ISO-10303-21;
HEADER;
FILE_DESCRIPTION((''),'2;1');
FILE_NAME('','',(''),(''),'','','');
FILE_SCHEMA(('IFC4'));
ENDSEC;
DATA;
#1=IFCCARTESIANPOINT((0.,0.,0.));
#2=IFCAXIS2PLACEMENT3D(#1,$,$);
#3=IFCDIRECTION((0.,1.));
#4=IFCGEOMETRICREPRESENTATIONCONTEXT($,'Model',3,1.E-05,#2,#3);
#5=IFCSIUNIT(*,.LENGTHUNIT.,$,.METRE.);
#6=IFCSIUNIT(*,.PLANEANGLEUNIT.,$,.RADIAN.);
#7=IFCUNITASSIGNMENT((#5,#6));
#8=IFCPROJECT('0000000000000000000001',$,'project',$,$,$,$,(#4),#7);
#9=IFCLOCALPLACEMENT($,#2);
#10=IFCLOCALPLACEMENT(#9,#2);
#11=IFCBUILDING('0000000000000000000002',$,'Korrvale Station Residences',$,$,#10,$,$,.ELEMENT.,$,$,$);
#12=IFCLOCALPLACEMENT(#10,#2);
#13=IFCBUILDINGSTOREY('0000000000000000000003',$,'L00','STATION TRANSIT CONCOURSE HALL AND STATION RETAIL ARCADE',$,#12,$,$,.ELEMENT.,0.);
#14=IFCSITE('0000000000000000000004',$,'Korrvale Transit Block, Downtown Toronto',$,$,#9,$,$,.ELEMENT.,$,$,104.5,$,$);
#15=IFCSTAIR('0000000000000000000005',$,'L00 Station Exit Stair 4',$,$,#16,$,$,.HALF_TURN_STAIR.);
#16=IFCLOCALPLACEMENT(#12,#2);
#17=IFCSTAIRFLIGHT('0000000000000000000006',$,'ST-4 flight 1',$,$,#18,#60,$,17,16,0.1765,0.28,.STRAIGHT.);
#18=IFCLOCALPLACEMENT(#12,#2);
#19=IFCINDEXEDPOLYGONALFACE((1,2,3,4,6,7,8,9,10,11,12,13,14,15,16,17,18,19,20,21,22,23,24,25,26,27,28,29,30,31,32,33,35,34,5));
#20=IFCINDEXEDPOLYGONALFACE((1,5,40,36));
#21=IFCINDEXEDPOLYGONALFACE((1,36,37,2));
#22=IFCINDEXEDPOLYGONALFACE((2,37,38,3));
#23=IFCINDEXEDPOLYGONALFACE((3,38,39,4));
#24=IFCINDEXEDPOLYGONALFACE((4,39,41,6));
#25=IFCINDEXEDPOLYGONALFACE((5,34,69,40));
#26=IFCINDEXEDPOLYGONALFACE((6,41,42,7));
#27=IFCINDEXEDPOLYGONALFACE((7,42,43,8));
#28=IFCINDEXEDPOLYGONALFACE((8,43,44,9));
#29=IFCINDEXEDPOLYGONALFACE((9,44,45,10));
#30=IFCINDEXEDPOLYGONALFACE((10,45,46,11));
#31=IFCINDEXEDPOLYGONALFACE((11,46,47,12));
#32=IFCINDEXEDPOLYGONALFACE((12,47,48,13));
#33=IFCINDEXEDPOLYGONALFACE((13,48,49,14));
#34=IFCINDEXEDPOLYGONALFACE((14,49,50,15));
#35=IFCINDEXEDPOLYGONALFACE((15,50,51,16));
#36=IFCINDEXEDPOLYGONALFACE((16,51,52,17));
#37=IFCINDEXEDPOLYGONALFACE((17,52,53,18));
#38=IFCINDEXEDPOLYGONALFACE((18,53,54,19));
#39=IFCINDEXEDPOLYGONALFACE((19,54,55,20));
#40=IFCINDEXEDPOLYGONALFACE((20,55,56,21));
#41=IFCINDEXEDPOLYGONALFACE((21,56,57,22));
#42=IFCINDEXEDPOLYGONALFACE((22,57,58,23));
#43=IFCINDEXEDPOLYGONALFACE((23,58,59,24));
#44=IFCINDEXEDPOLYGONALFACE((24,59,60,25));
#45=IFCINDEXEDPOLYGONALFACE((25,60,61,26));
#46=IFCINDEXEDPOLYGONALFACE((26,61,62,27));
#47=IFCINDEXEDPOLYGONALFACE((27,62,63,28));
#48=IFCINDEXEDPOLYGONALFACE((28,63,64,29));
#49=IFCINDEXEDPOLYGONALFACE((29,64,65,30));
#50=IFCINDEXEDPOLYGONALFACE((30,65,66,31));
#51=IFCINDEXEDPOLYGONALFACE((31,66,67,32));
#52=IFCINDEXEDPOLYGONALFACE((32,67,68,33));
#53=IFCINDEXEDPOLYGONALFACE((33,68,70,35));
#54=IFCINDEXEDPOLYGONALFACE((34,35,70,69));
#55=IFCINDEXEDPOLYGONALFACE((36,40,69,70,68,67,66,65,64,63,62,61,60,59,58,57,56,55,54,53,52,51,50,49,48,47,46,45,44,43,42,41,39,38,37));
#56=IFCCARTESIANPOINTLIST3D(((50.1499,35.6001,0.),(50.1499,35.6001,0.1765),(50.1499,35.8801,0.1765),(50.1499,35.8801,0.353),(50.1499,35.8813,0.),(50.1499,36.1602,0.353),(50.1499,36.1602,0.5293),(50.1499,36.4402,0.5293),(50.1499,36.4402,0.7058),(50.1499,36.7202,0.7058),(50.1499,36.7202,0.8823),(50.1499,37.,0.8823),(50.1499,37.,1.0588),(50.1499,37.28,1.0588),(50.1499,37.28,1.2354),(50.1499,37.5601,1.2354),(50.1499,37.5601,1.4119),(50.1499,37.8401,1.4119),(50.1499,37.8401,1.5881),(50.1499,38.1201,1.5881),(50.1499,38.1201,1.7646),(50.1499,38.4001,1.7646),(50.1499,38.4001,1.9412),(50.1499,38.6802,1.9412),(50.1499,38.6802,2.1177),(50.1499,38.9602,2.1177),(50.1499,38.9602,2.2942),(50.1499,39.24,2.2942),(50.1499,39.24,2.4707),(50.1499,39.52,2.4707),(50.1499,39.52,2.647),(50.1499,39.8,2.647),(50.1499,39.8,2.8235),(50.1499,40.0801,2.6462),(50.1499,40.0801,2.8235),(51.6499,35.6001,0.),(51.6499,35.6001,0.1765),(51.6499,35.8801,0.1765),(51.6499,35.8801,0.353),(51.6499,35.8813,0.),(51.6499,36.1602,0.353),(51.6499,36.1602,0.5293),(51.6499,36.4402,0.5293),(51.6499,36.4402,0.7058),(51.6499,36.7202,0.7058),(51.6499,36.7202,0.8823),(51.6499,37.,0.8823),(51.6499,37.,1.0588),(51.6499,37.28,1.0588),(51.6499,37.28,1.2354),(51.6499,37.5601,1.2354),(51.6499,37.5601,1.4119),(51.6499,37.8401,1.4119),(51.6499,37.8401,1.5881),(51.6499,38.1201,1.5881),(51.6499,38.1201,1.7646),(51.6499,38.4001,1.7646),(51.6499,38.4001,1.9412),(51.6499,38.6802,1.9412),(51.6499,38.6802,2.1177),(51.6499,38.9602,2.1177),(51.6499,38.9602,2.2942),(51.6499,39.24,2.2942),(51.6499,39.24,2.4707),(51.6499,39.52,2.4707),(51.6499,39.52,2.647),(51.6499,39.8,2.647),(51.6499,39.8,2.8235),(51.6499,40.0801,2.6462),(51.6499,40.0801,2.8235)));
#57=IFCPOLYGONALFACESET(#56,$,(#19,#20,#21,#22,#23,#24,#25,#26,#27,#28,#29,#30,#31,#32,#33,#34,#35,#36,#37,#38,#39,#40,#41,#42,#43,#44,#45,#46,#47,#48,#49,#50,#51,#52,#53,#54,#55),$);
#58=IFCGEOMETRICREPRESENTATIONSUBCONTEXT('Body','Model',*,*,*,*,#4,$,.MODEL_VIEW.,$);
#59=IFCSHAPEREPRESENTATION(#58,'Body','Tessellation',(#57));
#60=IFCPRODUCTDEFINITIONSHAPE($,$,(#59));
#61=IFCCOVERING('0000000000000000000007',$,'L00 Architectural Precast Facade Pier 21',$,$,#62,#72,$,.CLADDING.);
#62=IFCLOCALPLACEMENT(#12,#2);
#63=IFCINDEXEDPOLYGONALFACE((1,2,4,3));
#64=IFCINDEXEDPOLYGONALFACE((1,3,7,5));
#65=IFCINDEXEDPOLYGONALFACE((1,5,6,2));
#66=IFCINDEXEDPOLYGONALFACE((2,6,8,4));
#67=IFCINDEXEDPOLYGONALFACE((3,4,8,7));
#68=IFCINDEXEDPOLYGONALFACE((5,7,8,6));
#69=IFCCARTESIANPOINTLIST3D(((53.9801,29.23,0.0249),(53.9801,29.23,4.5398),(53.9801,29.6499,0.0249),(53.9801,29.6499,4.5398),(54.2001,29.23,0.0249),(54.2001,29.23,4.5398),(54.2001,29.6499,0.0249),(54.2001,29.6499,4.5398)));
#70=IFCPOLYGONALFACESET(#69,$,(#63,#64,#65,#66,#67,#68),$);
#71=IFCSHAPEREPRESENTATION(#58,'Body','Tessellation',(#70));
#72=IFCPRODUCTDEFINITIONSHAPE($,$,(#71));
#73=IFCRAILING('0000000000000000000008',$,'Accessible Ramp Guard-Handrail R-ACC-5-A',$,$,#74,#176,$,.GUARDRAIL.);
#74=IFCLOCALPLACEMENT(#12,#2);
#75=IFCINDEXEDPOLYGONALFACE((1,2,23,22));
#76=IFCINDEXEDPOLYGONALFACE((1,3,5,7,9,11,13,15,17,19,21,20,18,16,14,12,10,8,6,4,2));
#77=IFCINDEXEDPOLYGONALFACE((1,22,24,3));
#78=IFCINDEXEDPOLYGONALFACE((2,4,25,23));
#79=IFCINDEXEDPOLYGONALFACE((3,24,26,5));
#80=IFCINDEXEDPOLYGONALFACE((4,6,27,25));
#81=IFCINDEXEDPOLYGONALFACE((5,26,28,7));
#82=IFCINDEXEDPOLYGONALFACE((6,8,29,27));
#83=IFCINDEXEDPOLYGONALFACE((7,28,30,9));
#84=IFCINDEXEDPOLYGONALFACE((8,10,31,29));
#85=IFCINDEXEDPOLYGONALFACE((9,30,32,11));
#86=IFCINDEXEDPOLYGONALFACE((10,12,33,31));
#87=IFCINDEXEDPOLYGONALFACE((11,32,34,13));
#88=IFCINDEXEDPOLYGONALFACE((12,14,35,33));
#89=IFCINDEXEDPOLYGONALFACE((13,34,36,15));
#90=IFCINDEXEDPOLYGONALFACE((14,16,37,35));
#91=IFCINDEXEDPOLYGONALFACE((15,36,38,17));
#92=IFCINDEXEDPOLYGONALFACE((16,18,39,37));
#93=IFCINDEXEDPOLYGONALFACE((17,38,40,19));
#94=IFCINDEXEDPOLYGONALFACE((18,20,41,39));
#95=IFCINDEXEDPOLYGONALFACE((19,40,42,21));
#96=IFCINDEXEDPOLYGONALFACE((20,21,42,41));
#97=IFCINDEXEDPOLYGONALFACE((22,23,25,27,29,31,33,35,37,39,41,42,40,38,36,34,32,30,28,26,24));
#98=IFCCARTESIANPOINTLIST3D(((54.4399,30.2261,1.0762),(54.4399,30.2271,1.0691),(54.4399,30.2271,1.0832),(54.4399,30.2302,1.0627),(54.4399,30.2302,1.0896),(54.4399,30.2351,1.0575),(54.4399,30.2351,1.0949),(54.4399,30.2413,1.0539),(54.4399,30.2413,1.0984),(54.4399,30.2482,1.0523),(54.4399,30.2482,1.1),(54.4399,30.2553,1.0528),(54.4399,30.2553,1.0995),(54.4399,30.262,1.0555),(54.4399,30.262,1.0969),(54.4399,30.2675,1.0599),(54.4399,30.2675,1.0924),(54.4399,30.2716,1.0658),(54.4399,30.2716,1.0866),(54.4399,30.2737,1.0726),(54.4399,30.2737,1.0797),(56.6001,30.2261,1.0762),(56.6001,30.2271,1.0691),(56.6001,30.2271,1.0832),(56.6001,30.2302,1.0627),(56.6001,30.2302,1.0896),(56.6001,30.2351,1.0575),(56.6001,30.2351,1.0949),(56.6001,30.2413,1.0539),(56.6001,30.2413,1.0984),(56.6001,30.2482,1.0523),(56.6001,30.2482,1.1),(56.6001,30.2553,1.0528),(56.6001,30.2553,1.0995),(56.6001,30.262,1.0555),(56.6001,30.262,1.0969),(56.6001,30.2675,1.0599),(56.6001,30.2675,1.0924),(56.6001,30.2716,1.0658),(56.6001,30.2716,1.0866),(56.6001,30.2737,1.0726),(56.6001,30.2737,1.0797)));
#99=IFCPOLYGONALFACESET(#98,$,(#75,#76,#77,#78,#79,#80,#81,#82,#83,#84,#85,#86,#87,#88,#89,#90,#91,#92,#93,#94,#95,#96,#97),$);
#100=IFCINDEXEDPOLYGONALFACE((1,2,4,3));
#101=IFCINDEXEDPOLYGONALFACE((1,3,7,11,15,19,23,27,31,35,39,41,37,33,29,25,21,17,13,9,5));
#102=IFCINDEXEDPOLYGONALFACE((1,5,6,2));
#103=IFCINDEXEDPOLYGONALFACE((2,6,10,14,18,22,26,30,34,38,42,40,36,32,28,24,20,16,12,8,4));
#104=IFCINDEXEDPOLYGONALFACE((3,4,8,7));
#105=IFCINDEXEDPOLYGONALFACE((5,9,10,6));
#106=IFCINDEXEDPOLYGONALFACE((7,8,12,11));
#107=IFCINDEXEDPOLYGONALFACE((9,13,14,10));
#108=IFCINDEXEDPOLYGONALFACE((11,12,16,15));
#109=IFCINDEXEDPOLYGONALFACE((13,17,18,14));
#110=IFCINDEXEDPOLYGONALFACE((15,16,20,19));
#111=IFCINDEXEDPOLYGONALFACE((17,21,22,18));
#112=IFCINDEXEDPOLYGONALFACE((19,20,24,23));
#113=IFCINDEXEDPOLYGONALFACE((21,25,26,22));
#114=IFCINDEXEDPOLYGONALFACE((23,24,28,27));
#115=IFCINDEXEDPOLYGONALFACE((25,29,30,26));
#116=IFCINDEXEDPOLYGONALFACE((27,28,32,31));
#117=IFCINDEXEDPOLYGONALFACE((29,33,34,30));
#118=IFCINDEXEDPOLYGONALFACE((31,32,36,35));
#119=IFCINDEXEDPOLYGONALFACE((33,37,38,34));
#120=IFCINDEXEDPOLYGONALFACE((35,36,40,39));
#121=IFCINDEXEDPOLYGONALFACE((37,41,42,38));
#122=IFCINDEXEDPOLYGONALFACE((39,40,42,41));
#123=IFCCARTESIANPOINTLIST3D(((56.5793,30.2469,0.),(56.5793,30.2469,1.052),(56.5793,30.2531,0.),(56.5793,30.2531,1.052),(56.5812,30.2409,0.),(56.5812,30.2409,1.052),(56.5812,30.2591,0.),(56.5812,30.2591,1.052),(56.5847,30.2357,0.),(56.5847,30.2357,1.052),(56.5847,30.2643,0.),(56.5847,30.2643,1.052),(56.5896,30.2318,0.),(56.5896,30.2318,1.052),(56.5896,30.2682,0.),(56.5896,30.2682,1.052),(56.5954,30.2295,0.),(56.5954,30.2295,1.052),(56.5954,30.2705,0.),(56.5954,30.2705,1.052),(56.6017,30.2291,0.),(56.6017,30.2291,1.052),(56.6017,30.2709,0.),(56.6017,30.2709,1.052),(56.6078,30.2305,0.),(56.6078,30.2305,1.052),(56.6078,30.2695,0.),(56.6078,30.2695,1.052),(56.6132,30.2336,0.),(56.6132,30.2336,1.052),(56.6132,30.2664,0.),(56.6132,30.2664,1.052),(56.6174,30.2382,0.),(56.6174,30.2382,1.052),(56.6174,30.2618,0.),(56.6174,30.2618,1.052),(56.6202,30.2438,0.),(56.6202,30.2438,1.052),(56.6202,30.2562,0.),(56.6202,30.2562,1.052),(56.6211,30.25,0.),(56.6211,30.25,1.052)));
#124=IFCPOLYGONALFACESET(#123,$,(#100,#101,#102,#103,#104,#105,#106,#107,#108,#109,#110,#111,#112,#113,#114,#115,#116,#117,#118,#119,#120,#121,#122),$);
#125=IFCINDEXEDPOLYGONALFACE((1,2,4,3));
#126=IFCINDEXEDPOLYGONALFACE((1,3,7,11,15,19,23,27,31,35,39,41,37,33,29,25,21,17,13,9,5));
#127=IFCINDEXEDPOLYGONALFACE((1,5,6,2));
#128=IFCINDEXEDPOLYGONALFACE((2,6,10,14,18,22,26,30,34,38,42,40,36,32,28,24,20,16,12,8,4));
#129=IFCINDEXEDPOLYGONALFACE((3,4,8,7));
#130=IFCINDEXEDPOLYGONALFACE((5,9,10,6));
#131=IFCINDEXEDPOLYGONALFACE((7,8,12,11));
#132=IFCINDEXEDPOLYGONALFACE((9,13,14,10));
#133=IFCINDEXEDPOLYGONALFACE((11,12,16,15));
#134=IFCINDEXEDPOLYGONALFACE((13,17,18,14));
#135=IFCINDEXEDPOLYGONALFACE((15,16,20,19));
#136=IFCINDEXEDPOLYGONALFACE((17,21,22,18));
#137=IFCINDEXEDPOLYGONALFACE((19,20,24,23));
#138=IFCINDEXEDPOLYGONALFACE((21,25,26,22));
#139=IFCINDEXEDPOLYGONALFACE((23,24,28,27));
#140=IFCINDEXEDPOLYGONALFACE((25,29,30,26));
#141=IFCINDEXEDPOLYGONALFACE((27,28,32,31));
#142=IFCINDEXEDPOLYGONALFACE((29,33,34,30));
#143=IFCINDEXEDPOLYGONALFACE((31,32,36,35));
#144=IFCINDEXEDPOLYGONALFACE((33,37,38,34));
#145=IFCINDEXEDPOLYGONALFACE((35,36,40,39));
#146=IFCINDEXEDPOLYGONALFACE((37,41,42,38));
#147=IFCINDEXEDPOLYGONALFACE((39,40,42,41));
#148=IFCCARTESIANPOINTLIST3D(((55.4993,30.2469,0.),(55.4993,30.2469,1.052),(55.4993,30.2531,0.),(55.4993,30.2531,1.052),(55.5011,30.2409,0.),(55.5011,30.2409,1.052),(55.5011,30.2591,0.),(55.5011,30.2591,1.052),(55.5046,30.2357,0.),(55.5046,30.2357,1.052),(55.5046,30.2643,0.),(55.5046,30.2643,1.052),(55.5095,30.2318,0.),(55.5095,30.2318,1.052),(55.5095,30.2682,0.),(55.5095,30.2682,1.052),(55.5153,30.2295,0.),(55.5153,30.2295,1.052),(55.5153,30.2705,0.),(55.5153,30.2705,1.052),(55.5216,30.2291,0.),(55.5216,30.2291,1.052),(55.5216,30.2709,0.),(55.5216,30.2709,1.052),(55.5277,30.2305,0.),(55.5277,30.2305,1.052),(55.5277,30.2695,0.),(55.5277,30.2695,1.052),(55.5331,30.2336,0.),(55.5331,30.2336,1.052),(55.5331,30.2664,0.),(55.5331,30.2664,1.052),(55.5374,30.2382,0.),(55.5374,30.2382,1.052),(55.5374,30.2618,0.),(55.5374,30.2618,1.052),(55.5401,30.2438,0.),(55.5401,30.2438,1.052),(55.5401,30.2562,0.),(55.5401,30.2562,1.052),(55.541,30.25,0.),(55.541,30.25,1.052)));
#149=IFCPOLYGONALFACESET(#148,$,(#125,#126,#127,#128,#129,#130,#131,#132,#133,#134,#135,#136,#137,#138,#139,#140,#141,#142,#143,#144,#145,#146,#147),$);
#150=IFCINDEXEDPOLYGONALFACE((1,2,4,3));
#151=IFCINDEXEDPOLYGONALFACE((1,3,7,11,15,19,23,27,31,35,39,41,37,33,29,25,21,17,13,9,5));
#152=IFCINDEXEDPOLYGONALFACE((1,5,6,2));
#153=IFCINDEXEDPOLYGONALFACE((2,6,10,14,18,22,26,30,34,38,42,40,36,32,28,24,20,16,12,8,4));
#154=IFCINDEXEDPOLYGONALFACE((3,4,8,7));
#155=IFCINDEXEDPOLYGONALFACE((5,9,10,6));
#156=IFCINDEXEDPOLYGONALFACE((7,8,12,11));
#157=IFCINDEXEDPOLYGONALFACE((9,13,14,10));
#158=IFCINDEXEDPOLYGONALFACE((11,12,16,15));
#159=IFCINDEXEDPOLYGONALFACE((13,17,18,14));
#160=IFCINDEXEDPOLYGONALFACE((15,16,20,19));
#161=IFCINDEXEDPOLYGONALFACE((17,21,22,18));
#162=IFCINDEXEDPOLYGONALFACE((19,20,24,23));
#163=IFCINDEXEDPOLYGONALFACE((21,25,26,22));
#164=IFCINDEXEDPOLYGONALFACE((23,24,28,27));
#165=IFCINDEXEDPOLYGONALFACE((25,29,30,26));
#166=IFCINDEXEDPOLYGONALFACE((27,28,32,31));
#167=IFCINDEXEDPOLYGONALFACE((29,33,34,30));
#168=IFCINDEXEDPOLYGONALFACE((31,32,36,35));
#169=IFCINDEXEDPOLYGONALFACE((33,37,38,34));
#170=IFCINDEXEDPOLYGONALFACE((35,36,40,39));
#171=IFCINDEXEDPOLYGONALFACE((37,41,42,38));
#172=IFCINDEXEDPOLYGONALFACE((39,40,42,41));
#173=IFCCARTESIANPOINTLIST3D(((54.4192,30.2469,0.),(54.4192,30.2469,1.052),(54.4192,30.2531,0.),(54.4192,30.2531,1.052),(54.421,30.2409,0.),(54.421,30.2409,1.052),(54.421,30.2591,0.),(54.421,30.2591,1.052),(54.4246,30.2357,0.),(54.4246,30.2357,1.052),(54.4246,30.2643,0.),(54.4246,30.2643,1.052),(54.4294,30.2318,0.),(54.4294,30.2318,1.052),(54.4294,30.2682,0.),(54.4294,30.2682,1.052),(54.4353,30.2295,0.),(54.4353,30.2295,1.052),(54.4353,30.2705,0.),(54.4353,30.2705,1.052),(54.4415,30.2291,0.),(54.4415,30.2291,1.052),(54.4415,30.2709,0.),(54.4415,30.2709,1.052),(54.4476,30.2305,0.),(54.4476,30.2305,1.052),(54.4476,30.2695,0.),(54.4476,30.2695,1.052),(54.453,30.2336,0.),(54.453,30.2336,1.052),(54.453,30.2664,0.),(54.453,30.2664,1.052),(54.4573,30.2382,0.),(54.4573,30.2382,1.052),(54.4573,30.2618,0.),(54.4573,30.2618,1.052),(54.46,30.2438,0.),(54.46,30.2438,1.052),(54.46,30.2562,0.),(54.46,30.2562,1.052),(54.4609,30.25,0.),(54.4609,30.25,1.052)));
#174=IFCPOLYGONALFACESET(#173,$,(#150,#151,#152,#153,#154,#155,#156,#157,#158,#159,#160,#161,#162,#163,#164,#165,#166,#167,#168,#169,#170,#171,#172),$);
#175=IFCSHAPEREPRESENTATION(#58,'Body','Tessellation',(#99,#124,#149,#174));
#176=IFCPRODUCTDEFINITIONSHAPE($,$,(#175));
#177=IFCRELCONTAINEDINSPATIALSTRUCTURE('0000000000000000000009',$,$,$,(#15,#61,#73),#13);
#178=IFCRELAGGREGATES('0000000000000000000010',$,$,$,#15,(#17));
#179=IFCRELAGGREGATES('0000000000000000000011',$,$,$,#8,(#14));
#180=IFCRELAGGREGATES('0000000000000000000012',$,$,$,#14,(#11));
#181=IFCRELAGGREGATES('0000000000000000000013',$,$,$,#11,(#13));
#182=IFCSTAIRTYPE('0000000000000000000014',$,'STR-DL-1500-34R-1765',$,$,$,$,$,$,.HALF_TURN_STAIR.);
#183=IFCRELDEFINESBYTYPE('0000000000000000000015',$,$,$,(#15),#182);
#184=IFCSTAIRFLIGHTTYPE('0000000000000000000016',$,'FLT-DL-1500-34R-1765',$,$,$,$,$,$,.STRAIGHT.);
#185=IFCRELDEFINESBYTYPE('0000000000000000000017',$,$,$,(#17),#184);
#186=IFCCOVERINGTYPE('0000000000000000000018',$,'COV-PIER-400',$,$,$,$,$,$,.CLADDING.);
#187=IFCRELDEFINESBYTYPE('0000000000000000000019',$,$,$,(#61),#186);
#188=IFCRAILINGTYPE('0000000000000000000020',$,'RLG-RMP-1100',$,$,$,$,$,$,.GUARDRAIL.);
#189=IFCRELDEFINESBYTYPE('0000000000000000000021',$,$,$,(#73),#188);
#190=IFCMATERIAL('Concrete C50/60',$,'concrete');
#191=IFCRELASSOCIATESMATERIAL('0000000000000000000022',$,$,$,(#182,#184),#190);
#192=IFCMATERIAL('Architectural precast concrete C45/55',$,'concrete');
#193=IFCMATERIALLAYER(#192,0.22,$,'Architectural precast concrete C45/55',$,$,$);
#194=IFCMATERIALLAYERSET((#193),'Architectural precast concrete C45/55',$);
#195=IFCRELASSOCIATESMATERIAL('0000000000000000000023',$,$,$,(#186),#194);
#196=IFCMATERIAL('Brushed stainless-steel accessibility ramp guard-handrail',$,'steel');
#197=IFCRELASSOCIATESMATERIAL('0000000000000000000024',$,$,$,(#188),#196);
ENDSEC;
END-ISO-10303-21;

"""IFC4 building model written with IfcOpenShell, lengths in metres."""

from ifc_helpers import new_model, si_unit, direction, frame, origin, origin_2d, place, context, subcontext, project, spatial, polyline, rectangle, circle, outline, extrude, material, layer, layer_set, type_object, element, aggregate, save


model = new_model("IFC4")

# Units and contexts
model_context = context("Model", 3, precision=1e-05, world=origin(), true_north=direction((0.0, 1.0)))
body_context = subcontext(model_context, "Body", "Model", "MODEL_VIEW")
ifc_project = project(units=[si_unit("LENGTHUNIT", "METRE"), si_unit("PLANEANGLEUNIT", "RADIAN")], contexts=[model_context])

# Site, building, storey
site_placement = place(None, origin())
site = spatial("IfcSite", under=ifc_project, at=site_placement, Name="Korrvale Transit Block, Downtown Toronto", CompositionType="ELEMENT", RefElevation=104.5)
building_placement = place(site_placement, origin())
building = spatial("IfcBuilding", under=site, at=building_placement, Name="Korrvale Station Residences", CompositionType="ELEMENT")
storey_placement = place(building_placement, origin())
storey = spatial("IfcBuildingStorey", under=building, at=storey_placement, Name="L00", Description="STATION TRANSIT CONCOURSE HALL AND STATION RETAIL ARCADE", CompositionType="ELEMENT", Elevation=0.0)

# Stair, stair flight
ifc_material_1 = material(Name="Concrete C50/60", Category="concrete")
stair_type = type_object("IfcStairType", Name="STR-DL-1500-34R-1765", PredefinedType="HALF_TURN_STAIR", material=ifc_material_1)
stair_placement = place(storey_placement, origin())
stair = element("IfcStair", 1, at=stair_placement, inside=storey, type_object=stair_type, Name="L00 Station Exit Stair 4", PredefinedType="HALF_TURN_STAIR")
stair_flight_type = type_object("IfcStairFlightType", Name="FLT-DL-1500-34R-1765", PredefinedType="STRAIGHT", material=ifc_material_1)
stair_flight_placement = place(storey_placement, frame((50.8999, 35.6001, 0.0), z_axis=(0.0, 0.0, 1.0), x_axis=(0.0, 1.0, 0.0)))
stair_flight = element("IfcStairFlight", 2, at=stair_flight_placement, type_object=stair_flight_type, Name="ST-4 flight 1", NumberOfRisers=17, NumberOfTreads=16, PredefinedType="STRAIGHT", RiserHeight=0.1765, TreadLength=0.28, context=body_context, shape_type="SweptSolid", body=[
    extrude(outline(polyline([(0.0, 0.0), (0.0, 0.1765), (0.28, 0.1765), (0.28, 0.353), (0.5601, 0.353), (0.5601, 0.5293), (0.8401, 0.5293), (0.8401, 0.7058), (1.1201, 0.7058), (1.1201, 0.8823), (1.3999, 0.8823), (1.3999, 1.0588), (1.6799, 1.0588), (1.6799, 1.2354), (1.96, 1.2354), (1.96, 1.4119), (2.24, 1.4119), (2.24, 1.5881), (2.52, 1.5881), (2.52, 1.7646), (2.8, 1.7646), (2.8, 1.9412), (3.0801, 1.9412), (3.0801, 2.1177), (3.3601, 2.1177), (3.3601, 2.2942), (3.6399, 2.2942), (3.6399, 2.4707), (3.9199, 2.4707), (3.9199, 2.647), (4.2, 2.647), (4.2, 2.8235), (4.48, 2.8235), (4.48, 3.0), (4.48, 2.6462), (0.2812, 0.0), (0.0, 0.0)])), frame((0.0, 0.75, 0.0), z_axis=(0.0, -1.0, 0.0), x_axis=(1.0, 0.0, 0.0)), (0.0, 0.0, 1.0), 1.5),
])
aggregate(stair, [stair_flight])

# Covering
ifc_material_2 = material(Name="Architectural precast concrete C45/55", Category="concrete")
ifc_layer_1 = layer(ifc_material_2, 0.22, Name="Architectural precast concrete C45/55")
ifc_layer_set_1 = layer_set([ifc_layer_1], Name="Architectural precast concrete C45/55")
covering_type = type_object("IfcCoveringType", Name="COV-PIER-400", PredefinedType="CLADDING", material=ifc_layer_set_1)
covering_placement = place(storey_placement, frame((54.0901, 29.4399, 0.0249), z_axis=(0.0, 0.0, 1.0), x_axis=(0.0, 1.0, 0.0)))
element("IfcCovering", 3, at=covering_placement, inside=storey, type_object=covering_type, Name="L00 Architectural Precast Facade Pier 21", PredefinedType="CLADDING", context=body_context, shape_type="SweptSolid", body=[
    extrude(rectangle(XDim=0.4199, YDim=0.22, at=origin_2d()), origin(), (0.0, 0.0, 1.0), 4.5149),
])

# Railing
ifc_material_3 = material(Name="Brushed stainless-steel accessibility ramp guard-handrail", Category="steel")
railing_type_1 = type_object("IfcRailingType", Name="RLG-RMP-1100", PredefinedType="GUARDRAIL", material=ifc_material_3)
for number, where, name in (
    (4, (56.6001, 30.25, 0.0), "Accessible Ramp Guard-Handrail R-ACC-5-A"),
):
    element("IfcRailing", number, at=place(storey_placement, frame(where)), inside=storey, type_object=railing_type_1, Name=name, PredefinedType="GUARDRAIL", context=body_context, shape_type="SweptSolid", body=[
        extrude(circle(Radius=0.0239, at=origin_2d()), frame((0.0, 0.0, 1.0762), z_axis=(-1.0, 0.0, 0.0), x_axis=(0.0, -1.0, 0.0)), (0.0, 0.0, 1.0), 2.1602),
        extrude(circle(Radius=0.021, at=origin_2d()), origin(), (0.0, 0.0, 1.0), 1.052),
        extrude(circle(Radius=0.021, at=origin_2d()), frame((-1.0801, 0.0, 0.0)), (0.0, 0.0, 1.0), 1.052),
        extrude(circle(Radius=0.021, at=origin_2d()), frame((-2.1602, 0.0, 0.0)), (0.0, 0.0, 1.0), 1.052),
    ])

save(model, "model.ifc")
